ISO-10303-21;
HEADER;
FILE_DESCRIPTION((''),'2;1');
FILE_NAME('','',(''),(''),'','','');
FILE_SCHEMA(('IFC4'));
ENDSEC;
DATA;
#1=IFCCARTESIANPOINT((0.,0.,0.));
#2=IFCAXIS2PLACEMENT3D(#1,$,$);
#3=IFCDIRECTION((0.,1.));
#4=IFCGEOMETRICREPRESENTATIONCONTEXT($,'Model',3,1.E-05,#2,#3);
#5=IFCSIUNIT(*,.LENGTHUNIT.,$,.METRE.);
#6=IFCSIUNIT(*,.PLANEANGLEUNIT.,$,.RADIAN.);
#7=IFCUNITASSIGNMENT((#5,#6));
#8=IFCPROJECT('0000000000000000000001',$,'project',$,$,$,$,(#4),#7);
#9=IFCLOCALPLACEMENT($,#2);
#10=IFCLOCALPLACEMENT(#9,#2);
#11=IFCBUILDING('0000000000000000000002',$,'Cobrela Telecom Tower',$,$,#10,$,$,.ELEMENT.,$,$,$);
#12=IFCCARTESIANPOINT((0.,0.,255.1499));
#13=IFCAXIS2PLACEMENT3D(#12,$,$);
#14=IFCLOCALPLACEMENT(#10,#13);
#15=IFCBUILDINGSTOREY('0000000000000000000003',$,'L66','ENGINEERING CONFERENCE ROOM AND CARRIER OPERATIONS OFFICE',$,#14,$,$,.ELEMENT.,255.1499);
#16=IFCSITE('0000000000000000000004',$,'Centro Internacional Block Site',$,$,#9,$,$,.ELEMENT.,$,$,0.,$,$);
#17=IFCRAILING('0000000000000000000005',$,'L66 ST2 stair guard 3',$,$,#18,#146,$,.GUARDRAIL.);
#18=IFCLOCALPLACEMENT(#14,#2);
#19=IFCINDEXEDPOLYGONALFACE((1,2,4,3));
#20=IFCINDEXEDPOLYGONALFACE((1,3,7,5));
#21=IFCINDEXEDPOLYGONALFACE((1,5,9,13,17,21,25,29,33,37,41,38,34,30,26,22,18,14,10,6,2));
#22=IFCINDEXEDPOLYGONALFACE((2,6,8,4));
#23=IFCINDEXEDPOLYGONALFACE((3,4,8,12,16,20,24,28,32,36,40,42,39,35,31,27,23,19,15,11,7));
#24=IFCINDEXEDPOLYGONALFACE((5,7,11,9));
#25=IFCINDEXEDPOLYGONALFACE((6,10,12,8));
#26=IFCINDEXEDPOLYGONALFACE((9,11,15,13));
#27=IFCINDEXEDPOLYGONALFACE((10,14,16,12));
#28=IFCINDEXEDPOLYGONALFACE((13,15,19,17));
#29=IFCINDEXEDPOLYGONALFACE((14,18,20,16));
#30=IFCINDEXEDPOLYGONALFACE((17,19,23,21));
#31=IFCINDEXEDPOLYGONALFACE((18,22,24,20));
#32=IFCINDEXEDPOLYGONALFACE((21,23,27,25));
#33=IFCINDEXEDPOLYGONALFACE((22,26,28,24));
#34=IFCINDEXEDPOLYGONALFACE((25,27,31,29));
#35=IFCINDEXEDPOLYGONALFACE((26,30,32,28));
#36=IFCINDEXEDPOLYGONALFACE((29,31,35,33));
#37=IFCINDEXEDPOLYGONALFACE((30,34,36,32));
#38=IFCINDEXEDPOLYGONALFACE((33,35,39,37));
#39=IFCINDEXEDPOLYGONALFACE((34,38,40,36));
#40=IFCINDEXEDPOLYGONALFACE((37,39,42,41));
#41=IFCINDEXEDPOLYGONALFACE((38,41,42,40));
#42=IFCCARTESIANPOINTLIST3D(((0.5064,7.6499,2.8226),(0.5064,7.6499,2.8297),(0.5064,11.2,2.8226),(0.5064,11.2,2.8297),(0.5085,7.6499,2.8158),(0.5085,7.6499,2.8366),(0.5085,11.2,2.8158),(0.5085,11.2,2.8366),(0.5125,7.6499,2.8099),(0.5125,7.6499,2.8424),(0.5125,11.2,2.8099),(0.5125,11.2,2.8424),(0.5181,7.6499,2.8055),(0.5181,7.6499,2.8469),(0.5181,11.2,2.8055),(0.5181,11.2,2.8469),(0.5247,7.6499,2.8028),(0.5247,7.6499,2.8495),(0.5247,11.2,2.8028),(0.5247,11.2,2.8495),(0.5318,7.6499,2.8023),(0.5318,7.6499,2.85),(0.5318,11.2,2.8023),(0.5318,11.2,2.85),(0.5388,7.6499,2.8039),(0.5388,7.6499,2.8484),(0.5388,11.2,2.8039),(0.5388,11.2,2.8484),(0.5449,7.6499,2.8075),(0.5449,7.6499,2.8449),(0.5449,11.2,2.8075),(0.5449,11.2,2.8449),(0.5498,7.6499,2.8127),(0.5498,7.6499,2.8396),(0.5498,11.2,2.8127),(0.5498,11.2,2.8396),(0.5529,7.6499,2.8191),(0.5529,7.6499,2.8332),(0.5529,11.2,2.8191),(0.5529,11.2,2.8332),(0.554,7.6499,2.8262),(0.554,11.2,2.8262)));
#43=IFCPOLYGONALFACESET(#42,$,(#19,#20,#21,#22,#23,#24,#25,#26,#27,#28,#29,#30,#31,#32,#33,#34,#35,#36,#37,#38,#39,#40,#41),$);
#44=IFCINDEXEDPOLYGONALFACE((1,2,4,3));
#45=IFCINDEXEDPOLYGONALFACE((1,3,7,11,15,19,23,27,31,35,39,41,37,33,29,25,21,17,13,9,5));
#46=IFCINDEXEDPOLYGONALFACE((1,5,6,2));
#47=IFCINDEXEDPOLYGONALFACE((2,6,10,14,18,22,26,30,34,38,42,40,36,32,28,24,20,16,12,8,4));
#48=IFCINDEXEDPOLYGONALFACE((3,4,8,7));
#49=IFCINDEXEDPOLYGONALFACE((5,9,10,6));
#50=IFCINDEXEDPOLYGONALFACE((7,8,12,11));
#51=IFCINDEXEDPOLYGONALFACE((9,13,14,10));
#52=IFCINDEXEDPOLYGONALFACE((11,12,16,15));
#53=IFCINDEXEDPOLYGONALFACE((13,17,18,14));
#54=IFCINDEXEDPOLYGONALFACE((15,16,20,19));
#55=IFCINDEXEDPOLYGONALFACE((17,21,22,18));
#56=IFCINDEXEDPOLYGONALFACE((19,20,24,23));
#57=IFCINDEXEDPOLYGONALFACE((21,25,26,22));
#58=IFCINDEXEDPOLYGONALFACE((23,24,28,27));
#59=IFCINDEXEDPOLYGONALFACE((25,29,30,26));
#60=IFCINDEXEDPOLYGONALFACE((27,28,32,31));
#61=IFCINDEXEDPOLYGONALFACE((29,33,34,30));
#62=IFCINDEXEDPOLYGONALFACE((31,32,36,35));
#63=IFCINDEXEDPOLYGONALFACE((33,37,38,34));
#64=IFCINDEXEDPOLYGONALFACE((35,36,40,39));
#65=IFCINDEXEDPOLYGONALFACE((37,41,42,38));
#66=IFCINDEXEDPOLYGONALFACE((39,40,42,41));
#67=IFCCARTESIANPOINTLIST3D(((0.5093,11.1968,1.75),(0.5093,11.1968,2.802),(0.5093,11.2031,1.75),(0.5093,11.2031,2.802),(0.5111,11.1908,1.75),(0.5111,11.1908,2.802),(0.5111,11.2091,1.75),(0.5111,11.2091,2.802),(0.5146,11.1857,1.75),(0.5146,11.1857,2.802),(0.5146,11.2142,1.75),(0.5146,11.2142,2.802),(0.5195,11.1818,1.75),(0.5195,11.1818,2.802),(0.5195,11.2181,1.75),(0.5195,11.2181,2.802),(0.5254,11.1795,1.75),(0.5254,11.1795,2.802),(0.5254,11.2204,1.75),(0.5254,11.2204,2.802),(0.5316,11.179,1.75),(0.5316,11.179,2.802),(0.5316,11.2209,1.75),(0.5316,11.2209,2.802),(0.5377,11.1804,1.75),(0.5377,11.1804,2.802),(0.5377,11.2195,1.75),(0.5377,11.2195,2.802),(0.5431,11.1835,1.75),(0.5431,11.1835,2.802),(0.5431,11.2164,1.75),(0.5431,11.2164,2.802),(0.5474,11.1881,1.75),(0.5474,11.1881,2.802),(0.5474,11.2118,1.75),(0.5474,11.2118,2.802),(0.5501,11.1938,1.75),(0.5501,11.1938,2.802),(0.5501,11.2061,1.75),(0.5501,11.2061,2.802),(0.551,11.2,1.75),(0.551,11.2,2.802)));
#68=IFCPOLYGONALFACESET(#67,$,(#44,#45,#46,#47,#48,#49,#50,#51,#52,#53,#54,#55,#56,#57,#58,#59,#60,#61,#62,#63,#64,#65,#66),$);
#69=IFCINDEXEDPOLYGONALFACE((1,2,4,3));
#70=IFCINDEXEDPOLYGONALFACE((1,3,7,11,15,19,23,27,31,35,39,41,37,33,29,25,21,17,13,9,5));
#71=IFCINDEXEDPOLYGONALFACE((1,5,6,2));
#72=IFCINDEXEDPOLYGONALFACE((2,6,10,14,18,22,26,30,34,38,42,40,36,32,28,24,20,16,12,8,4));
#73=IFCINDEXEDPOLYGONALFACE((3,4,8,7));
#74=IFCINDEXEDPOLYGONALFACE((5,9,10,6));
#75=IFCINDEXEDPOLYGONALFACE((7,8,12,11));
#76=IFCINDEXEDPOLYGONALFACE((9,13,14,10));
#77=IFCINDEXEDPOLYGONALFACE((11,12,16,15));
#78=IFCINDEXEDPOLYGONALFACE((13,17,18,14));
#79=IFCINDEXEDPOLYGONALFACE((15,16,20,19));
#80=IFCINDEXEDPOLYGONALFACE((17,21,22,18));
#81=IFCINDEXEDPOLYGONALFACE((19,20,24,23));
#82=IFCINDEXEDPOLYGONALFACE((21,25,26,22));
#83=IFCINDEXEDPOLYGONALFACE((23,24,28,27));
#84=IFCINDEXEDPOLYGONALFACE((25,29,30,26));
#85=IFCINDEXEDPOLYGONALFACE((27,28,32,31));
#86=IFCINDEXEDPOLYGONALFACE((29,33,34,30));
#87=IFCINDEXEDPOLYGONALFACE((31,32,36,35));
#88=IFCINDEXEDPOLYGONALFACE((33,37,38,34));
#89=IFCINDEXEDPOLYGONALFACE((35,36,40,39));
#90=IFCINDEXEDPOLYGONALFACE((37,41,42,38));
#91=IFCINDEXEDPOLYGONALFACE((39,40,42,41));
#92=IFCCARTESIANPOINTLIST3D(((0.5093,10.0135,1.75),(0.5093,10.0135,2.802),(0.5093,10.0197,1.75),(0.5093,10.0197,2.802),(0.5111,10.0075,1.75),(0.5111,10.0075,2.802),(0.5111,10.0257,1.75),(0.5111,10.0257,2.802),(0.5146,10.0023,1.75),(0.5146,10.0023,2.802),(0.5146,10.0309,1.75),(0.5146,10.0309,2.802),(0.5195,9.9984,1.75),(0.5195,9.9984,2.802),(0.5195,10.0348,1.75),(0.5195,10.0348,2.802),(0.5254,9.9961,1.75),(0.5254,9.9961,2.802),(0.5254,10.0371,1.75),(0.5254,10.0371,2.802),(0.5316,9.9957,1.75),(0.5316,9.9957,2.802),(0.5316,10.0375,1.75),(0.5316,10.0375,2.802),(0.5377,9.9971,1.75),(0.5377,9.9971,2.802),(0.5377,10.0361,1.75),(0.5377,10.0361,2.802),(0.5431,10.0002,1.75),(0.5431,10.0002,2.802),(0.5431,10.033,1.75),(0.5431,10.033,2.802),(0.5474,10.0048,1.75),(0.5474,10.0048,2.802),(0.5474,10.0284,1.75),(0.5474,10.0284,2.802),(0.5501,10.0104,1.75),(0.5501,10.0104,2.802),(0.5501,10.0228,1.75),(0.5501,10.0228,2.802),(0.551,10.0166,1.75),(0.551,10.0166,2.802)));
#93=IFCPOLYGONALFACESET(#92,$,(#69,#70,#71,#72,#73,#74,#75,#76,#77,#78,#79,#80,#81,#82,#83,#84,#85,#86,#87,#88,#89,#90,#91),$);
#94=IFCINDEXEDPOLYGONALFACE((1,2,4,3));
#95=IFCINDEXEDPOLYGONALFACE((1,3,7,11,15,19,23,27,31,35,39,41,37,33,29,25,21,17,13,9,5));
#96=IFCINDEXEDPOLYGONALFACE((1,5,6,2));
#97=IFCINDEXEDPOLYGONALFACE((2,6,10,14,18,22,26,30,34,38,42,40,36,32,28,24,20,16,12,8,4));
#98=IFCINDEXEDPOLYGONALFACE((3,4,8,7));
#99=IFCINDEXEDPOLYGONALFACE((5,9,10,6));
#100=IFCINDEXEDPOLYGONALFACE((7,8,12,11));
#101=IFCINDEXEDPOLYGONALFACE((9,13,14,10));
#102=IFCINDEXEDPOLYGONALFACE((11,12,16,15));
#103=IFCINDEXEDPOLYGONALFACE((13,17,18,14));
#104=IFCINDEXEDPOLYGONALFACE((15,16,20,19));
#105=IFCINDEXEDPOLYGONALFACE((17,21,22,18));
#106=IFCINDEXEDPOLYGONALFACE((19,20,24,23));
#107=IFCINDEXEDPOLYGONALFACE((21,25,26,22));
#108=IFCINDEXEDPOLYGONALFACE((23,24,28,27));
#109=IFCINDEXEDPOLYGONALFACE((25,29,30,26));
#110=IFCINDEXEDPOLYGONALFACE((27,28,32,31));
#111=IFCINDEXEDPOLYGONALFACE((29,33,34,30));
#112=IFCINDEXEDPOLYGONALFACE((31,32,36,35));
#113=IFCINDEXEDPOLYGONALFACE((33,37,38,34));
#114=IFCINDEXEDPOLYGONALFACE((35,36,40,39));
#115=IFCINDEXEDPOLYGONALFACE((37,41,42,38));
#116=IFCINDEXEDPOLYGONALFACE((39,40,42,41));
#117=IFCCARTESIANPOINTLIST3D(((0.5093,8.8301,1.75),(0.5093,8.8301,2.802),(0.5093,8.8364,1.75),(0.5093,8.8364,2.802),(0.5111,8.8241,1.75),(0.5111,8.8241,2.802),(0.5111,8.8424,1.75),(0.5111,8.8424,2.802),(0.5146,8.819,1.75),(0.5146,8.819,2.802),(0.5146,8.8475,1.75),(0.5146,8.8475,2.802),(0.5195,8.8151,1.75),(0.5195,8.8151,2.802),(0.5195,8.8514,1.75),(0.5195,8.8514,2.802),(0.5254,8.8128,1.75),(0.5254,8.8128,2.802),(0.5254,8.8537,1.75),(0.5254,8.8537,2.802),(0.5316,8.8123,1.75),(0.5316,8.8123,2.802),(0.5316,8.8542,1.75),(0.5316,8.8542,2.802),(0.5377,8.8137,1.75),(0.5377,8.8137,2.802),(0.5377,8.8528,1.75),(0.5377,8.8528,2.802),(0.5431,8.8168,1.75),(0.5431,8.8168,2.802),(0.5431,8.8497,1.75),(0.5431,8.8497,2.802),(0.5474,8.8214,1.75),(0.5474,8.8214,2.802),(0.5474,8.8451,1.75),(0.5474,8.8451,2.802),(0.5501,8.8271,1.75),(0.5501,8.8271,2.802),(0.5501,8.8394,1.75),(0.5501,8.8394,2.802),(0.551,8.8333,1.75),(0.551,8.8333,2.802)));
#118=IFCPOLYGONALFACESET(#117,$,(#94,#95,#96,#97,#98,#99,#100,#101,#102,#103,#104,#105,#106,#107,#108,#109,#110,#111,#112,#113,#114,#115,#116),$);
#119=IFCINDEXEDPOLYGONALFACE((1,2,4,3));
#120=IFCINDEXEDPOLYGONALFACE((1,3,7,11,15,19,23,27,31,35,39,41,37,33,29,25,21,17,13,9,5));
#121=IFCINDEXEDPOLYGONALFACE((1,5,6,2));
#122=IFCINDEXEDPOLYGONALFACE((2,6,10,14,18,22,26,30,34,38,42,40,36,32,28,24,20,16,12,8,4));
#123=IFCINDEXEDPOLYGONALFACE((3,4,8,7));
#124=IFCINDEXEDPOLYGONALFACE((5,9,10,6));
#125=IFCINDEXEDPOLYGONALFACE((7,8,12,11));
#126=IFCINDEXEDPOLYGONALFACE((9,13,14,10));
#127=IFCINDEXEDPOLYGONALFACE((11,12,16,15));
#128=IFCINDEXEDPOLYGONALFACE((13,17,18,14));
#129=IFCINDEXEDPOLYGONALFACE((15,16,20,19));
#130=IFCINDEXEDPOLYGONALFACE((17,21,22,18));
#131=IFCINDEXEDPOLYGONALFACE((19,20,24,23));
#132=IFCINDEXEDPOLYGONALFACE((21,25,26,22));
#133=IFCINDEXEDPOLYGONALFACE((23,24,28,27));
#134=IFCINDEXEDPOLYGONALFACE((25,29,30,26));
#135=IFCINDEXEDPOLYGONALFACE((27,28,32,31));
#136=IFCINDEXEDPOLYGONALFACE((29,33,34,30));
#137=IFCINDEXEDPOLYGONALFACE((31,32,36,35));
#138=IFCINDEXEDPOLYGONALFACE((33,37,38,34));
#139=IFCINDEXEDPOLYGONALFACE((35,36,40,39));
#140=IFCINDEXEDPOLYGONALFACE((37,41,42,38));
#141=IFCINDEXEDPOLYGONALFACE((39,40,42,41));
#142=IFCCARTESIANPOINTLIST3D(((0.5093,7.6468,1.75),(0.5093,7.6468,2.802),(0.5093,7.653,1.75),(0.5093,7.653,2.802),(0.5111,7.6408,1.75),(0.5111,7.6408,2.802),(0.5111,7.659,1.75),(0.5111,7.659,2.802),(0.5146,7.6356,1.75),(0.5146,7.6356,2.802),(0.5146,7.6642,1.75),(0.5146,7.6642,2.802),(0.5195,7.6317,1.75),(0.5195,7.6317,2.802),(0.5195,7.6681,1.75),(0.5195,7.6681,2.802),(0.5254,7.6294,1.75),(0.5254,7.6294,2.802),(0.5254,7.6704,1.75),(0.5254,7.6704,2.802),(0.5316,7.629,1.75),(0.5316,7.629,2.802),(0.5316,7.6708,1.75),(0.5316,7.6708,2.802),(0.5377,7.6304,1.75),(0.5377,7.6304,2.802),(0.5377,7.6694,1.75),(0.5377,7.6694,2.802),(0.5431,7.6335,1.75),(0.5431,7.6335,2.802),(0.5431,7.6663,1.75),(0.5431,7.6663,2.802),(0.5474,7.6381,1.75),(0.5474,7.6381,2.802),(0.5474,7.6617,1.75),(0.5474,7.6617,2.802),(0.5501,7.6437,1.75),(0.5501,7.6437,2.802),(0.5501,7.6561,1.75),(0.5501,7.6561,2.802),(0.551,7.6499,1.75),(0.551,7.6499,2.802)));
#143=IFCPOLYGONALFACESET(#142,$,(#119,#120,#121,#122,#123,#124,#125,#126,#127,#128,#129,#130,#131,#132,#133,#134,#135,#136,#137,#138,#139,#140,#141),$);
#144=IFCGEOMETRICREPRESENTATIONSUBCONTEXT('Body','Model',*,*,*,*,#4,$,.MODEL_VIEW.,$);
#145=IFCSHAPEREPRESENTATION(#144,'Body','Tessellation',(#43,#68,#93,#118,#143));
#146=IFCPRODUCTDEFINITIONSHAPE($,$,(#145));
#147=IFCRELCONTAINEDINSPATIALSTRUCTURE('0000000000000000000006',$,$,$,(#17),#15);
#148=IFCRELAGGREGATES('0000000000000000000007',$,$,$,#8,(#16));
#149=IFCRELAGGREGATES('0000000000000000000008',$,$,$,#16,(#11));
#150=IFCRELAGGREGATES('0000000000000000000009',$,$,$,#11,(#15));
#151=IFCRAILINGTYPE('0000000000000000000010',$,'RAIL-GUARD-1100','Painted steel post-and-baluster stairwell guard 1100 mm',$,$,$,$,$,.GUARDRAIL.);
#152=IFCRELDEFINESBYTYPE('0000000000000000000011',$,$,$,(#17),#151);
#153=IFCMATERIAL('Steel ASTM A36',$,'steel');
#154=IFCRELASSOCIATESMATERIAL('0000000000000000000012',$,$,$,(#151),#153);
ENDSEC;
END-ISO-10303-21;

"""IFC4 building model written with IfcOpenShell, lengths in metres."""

from ifc_helpers import new_model, si_unit, direction, frame, origin, origin_2d, place, context, subcontext, project, spatial, circle, extrude, material, type_object, element, save


model = new_model("IFC4")

# Units and contexts
model_context = context("Model", 3, precision=1e-05, world=origin(), true_north=direction((0.0, 1.0)))
body_context = subcontext(model_context, "Body", "Model", "MODEL_VIEW")
ifc_project = project(units=[si_unit("LENGTHUNIT", "METRE"), si_unit("PLANEANGLEUNIT", "RADIAN")], contexts=[model_context])

# Site, building, storey
site_placement = place(None, origin())
site = spatial("IfcSite", under=ifc_project, at=site_placement, Name="Centro Internacional Block Site", CompositionType="ELEMENT", RefElevation=0.0)
building_placement = place(site_placement, origin())
building = spatial("IfcBuilding", under=site, at=building_placement, Name="Cobrela Telecom Tower", CompositionType="ELEMENT")
storey_placement = place(building_placement, frame((0.0, 0.0, 255.1499)))
storey = spatial("IfcBuildingStorey", under=building, at=storey_placement, Name="L66", Description="ENGINEERING CONFERENCE ROOM AND CARRIER OPERATIONS OFFICE", CompositionType="ELEMENT", Elevation=255.1499)

# Shared definitions
ifc_material_1 = material(Name="Steel ASTM A36", Category="steel")

# Railing
railing_type = type_object("IfcRailingType", Name="RAIL-GUARD-1100", Description="Painted steel post-and-baluster stairwell guard 1100 mm", PredefinedType="GUARDRAIL", material=ifc_material_1)
railing_1_placement = place(storey_placement, frame((0.53, 11.2, 1.75)))
element("IfcRailing", 1, at=railing_1_placement, inside=storey, type_object=railing_type, Name="L66 ST2 stair guard 3", PredefinedType="GUARDRAIL", context=body_context, shape_type="SweptSolid", body=[
    extrude(circle(Radius=0.0239, at=origin_2d()), frame((0.0, 0.0, 1.0762), z_axis=(0.0, -1.0, 0.0), x_axis=(1.0, 0.0, 0.0)), (0.0, 0.0, 1.0), 3.55),
    extrude(circle(Radius=0.021, at=origin_2d()), origin(), (0.0, 0.0, 1.0), 1.052),
    extrude(circle(Radius=0.021, at=origin_2d()), frame((0.0, -1.1833, 0.0)), (0.0, 0.0, 1.0), 1.052),
    extrude(circle(Radius=0.021, at=origin_2d()), frame((0.0, -2.3667, 0.0)), (0.0, 0.0, 1.0), 1.052),
    extrude(circle(Radius=0.021, at=origin_2d()), frame((0.0, -3.55, 0.0)), (0.0, 0.0, 1.0), 1.052),
])

save(model, "model.ifc")
